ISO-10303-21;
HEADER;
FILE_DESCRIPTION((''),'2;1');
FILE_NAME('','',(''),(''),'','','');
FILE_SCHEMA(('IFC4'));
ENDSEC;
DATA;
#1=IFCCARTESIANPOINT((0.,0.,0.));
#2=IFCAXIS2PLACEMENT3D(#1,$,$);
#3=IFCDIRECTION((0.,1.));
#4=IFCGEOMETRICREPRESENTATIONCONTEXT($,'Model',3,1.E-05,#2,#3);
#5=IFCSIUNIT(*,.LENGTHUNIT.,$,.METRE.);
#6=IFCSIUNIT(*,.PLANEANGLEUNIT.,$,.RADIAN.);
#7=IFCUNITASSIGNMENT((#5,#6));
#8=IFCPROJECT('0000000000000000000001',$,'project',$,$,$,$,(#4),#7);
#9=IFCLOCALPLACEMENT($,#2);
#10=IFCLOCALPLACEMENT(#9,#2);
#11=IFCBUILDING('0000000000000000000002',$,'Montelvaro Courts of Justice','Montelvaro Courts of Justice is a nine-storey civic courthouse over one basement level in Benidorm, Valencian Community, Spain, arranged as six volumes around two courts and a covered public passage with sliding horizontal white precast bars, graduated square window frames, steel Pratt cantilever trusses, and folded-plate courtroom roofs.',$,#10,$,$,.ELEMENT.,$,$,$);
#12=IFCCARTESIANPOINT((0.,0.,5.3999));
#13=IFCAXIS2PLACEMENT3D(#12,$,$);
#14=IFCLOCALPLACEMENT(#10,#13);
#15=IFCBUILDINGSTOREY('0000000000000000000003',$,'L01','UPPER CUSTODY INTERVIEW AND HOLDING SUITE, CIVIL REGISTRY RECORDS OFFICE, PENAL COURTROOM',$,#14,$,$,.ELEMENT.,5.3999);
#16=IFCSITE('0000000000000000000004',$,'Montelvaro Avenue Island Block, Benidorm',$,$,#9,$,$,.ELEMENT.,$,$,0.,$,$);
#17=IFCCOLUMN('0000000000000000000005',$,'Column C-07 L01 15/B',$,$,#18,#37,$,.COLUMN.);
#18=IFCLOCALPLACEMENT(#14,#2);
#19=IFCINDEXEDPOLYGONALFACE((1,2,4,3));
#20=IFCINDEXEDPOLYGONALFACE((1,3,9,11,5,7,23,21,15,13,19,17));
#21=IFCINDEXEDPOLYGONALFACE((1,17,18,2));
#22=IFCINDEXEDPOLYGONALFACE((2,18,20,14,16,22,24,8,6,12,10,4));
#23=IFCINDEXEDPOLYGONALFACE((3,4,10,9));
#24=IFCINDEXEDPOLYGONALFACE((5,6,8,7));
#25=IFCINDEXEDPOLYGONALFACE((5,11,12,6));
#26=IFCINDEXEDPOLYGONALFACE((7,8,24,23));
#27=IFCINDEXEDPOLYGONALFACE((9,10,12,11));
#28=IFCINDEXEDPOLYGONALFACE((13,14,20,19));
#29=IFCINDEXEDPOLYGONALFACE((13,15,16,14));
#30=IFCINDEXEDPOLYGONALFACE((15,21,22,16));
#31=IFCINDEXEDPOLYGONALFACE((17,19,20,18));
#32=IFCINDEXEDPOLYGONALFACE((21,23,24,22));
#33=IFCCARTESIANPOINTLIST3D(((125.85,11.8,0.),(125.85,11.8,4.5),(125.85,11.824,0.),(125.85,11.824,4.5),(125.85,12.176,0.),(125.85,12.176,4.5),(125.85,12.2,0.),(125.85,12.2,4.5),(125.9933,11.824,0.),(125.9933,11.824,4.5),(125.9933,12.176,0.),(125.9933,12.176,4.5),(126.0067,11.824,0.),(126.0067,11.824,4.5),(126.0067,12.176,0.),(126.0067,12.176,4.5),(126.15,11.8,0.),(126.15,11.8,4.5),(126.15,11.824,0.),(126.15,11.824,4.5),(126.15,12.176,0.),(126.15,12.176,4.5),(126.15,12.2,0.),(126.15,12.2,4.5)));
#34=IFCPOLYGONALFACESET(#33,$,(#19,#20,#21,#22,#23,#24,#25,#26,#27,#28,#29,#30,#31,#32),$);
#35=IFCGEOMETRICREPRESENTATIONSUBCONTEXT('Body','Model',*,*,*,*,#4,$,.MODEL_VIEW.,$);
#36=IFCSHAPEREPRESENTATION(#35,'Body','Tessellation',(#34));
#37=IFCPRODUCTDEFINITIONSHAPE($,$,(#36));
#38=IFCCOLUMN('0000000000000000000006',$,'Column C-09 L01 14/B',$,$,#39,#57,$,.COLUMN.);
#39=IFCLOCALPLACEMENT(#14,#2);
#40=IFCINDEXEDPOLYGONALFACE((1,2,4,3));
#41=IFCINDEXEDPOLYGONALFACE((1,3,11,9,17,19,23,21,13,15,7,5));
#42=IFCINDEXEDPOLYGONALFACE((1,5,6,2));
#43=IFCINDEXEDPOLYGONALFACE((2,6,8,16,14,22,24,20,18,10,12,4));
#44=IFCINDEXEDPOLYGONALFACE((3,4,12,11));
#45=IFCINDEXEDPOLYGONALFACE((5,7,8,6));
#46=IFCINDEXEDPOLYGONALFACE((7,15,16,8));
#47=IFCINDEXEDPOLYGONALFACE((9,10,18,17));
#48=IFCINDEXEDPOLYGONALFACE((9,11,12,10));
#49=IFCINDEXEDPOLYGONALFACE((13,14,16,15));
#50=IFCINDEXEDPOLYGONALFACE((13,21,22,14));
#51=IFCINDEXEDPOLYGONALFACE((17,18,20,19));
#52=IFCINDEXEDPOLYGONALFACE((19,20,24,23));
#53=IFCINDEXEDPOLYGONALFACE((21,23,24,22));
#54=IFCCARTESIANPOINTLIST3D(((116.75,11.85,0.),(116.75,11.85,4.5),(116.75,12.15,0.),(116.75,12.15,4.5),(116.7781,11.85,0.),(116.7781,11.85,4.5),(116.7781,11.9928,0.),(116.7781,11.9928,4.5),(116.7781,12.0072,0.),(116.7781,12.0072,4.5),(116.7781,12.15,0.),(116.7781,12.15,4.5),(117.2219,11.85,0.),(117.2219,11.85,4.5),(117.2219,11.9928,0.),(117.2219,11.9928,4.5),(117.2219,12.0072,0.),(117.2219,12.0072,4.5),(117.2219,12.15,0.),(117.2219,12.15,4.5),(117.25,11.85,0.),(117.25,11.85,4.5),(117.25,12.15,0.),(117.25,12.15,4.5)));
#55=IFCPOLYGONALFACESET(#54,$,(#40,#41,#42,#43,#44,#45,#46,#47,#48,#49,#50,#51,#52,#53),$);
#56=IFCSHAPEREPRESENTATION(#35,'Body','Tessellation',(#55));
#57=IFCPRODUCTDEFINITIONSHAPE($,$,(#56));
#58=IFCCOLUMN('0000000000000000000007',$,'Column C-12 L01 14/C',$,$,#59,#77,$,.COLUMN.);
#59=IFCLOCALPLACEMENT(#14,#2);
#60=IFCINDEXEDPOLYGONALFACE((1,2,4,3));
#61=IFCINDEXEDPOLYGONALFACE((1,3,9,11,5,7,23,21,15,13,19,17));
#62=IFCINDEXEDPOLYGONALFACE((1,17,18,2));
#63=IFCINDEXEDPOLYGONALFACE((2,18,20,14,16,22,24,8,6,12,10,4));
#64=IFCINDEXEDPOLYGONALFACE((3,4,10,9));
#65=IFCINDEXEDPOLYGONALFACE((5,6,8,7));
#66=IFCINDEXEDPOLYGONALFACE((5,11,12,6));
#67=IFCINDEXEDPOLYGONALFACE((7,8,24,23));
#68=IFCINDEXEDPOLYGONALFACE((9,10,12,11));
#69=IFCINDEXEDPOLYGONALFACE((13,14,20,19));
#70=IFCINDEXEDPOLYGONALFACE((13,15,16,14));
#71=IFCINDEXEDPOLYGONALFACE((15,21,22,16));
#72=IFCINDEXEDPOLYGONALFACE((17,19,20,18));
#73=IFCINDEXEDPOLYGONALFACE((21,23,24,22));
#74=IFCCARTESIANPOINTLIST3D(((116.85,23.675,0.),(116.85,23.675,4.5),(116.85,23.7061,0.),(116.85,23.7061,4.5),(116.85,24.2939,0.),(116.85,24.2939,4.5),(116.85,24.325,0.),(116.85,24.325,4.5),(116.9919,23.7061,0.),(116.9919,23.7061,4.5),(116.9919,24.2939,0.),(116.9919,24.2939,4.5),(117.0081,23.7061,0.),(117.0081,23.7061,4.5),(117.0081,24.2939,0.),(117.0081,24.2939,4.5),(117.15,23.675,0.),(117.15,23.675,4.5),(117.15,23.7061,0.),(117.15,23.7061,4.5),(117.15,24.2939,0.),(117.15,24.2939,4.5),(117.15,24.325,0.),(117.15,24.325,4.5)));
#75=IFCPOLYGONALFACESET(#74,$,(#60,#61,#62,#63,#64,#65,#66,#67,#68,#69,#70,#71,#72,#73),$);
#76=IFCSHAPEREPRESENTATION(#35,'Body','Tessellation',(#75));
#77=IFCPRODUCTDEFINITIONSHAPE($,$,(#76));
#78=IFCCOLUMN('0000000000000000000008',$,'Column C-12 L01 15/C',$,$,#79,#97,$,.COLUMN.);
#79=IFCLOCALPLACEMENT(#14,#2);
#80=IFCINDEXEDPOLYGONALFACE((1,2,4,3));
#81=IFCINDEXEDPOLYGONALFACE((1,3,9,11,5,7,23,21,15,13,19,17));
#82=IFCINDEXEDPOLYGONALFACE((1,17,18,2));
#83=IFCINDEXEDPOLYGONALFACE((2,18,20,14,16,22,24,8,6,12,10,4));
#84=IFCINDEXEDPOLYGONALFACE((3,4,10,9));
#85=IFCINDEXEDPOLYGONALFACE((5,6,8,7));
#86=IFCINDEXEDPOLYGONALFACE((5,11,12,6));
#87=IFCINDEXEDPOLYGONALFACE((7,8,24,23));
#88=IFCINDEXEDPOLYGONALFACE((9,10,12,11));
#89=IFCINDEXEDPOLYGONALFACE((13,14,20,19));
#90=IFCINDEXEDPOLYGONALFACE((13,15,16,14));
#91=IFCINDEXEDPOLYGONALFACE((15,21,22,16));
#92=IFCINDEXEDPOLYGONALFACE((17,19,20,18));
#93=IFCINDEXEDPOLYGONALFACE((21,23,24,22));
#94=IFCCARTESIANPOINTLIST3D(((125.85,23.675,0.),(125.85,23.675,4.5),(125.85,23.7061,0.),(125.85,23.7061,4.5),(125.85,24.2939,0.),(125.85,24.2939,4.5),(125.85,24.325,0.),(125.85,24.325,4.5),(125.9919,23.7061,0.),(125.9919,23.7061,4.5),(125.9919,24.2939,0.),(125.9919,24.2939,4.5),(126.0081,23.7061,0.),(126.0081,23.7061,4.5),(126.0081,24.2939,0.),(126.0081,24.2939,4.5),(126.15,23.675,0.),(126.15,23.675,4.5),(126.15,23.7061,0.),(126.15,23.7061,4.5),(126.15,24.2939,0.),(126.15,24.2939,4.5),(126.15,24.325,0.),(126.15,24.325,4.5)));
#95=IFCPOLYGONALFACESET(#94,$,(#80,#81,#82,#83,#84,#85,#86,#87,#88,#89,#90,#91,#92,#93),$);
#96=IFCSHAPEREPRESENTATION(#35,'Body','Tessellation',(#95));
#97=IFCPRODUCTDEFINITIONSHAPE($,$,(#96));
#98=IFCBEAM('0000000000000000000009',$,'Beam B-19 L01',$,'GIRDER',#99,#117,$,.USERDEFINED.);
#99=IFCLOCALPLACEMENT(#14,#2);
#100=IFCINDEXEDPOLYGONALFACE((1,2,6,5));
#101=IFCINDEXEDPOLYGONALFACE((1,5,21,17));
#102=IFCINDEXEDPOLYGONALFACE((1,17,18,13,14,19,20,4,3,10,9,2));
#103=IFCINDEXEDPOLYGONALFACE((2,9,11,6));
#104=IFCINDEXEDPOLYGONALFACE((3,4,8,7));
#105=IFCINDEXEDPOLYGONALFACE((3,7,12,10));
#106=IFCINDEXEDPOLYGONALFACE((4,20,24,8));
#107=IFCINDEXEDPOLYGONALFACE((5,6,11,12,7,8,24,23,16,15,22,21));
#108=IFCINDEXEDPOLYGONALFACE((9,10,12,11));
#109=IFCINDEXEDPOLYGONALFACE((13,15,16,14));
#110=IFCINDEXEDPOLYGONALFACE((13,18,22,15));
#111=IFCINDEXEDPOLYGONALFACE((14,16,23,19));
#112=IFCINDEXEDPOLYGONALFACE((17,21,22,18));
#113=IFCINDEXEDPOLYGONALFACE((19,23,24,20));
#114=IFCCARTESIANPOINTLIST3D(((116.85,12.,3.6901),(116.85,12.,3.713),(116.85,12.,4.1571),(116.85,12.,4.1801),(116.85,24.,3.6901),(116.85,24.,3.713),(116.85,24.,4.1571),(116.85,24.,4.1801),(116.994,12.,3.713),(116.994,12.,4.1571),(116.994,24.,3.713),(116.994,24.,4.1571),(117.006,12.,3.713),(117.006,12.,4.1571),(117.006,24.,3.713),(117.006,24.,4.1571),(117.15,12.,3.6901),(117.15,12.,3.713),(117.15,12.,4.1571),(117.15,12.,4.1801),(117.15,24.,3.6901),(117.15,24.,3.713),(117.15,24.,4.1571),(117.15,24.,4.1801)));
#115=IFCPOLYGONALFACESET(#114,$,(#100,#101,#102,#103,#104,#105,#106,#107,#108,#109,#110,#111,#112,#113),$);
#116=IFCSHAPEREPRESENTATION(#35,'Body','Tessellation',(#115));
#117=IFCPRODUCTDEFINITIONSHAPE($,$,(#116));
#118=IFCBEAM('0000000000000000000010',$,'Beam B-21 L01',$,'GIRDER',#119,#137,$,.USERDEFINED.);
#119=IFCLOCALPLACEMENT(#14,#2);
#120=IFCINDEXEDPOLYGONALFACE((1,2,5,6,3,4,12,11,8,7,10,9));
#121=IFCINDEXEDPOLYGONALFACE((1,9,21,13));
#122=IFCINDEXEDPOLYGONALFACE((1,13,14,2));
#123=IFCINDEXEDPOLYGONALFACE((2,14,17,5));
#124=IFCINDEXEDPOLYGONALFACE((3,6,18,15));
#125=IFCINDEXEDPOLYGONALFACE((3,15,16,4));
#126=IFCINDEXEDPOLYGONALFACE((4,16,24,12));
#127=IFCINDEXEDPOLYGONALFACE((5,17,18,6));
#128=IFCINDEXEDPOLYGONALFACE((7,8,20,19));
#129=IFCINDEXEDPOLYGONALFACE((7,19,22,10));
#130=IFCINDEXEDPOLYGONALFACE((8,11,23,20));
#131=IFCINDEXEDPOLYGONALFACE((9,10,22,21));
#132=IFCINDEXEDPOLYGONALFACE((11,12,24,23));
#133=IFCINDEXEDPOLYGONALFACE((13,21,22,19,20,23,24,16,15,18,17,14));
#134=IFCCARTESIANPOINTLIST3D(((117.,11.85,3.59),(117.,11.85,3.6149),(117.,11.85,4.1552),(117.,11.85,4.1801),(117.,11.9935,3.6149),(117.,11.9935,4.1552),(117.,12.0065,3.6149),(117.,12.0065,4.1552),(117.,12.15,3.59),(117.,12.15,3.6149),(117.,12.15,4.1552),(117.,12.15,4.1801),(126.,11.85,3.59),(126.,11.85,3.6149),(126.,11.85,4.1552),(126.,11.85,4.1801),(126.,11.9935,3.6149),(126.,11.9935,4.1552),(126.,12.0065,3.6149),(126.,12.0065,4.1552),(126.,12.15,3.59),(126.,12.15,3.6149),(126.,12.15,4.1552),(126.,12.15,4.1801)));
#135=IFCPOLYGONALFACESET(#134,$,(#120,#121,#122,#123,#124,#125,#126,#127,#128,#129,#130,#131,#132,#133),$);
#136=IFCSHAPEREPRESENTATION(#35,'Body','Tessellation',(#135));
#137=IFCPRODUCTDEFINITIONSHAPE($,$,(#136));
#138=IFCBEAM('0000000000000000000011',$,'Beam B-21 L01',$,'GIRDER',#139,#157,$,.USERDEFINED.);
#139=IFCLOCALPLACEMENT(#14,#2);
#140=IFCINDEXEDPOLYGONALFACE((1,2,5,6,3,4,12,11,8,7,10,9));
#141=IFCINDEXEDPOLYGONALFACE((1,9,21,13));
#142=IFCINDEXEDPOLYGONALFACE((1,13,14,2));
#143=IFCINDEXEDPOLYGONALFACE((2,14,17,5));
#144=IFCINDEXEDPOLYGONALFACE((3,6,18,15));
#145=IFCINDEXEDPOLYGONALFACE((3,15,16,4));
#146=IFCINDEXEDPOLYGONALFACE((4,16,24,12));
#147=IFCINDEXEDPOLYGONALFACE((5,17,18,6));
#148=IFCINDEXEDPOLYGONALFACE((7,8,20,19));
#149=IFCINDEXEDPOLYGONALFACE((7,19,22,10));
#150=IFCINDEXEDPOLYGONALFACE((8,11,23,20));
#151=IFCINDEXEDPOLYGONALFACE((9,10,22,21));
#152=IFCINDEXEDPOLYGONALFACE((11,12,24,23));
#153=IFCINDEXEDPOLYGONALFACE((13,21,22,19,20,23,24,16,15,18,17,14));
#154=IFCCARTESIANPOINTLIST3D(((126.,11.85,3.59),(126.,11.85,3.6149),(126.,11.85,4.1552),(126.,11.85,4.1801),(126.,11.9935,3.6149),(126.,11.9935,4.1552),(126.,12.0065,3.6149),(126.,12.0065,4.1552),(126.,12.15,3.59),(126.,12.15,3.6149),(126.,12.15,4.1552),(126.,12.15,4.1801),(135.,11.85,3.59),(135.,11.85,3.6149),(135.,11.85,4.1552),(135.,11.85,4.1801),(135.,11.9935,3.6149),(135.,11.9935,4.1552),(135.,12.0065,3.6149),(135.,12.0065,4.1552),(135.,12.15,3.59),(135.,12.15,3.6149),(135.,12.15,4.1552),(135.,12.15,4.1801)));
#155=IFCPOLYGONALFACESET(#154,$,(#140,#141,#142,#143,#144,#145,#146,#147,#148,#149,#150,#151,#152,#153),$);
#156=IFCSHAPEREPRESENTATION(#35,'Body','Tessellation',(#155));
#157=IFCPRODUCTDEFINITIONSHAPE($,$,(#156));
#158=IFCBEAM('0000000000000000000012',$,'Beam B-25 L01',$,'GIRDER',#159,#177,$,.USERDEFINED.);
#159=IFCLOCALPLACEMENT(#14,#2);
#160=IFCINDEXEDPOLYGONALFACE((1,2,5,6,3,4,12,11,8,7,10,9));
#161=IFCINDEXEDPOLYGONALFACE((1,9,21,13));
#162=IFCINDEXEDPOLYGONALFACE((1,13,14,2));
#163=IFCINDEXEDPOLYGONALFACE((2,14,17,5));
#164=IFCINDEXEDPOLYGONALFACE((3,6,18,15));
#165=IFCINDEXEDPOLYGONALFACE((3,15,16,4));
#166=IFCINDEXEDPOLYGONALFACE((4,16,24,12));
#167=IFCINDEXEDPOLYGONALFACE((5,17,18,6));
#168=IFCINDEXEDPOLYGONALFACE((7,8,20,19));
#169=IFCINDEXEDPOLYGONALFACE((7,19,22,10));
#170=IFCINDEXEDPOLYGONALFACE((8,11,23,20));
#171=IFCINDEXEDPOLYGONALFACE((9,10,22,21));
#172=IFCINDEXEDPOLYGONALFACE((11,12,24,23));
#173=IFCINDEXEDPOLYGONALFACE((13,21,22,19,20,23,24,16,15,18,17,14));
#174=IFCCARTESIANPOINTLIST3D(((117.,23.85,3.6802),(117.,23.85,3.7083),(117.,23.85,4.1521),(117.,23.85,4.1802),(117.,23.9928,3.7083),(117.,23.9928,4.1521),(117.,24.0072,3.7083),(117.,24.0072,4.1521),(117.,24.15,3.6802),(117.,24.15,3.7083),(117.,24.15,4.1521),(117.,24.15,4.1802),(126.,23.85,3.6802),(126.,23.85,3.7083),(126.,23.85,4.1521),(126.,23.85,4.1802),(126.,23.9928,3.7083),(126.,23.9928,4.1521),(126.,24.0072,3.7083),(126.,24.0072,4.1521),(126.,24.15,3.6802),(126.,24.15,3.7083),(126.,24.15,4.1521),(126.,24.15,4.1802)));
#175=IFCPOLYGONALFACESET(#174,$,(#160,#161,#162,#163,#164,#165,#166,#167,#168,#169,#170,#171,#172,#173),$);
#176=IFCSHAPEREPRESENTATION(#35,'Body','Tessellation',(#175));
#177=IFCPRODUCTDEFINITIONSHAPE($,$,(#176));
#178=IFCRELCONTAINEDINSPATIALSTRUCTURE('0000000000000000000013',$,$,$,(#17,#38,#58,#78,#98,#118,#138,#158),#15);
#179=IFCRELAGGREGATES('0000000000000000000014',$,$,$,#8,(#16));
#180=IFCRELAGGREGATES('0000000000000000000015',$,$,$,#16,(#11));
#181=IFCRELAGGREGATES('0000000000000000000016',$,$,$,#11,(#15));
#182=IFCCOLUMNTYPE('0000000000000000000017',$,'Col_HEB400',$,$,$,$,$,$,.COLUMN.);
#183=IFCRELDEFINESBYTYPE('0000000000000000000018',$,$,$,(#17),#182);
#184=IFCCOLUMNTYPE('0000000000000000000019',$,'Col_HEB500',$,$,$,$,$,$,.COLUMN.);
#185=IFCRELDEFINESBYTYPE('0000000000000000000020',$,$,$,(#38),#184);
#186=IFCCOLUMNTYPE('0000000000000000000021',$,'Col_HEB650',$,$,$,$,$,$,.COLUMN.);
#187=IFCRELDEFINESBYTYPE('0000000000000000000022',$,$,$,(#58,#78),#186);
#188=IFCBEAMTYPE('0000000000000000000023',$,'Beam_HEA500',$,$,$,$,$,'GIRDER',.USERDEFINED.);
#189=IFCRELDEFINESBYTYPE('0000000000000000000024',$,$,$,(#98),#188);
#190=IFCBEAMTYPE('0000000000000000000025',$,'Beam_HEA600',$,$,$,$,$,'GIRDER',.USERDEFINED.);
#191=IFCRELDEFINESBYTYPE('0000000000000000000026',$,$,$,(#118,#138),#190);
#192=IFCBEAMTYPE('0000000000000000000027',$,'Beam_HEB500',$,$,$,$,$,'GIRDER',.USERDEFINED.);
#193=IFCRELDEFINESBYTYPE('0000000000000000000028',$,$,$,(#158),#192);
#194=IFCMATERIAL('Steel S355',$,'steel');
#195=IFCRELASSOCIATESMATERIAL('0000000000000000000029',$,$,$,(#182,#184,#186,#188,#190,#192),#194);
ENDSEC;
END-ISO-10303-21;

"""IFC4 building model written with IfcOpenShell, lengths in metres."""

from ifc_helpers import new_model, si_unit, direction, frame, origin, origin_2d, place, context, subcontext, project, spatial, i_section, extrude, material, material_profile, profile_set, type_object, element, save


model = new_model("IFC4")

# Units and contexts
model_context = context("Model", 3, precision=1e-05, world=origin(), true_north=direction((0.0, 1.0)))
body_context = subcontext(model_context, "Body", "Model", "MODEL_VIEW")
ifc_project = project(units=[si_unit("LENGTHUNIT", "METRE"), si_unit("PLANEANGLEUNIT", "RADIAN")], contexts=[model_context])

# Site, building, storey
site_placement = place(None, origin())
site = spatial("IfcSite", under=ifc_project, at=site_placement, Name="Montelvaro Avenue Island Block, Benidorm", CompositionType="ELEMENT", RefElevation=0.0)
building_placement = place(site_placement, origin())
building = spatial("IfcBuilding", under=site, at=building_placement, Name="Montelvaro Courts of Justice", Description="Montelvaro Courts of Justice is a nine-storey civic courthouse over one basement level in Benidorm, Valencian Community, Spain, arranged as six volumes around two courts and a covered public passage with sliding horizontal white precast bars, graduated square window frames, steel Pratt cantilever trusses, and folded-plate courtroom roofs.", CompositionType="ELEMENT")
storey_placement = place(building_placement, frame((0.0, 0.0, 5.3999)))
storey = spatial("IfcBuildingStorey", under=building, at=storey_placement, Name="L01", Description="UPPER CUSTODY INTERVIEW AND HOLDING SUITE, CIVIL REGISTRY RECORDS OFFICE, PENAL COURTROOM", CompositionType="ELEMENT", Elevation=5.3999)

# Columns
ifc_material_1 = material(Name="Steel S355", Category="steel")
ifc_material_profile_1 = material_profile(ifc_material_1, i_section(OverallWidth=0.3, OverallDepth=0.3999, WebThickness=0.0134, FlangeThickness=0.0239, at=origin_2d()), Name="HEB 400")
ifc_profile_set_1 = profile_set([ifc_material_profile_1], Name="Steel S355")
column_type_1 = type_object("IfcColumnType", Name="Col_HEB400", PredefinedType="COLUMN", material=ifc_profile_set_1)
column_1_placement = place(storey_placement, frame((126.0, 12.0, 0.0), z_axis=(0.0, 0.0, 1.0), x_axis=(1.0, 0.0, 0.0)))
element("IfcColumn", 1, at=column_1_placement, inside=storey, type_object=column_type_1, Name="Column C-07 L01 15/B", PredefinedType="COLUMN", context=body_context, shape_type="SweptSolid", body=[
    extrude(i_section(OverallWidth=0.3, OverallDepth=0.3999, WebThickness=0.0134, FlangeThickness=0.0239, at=origin_2d()), origin(), (0.0, 0.0, 1.0), 4.5),
])
ifc_material_profile_2 = material_profile(ifc_material_1, i_section(OverallWidth=0.3, OverallDepth=0.5, WebThickness=0.0144, FlangeThickness=0.0281, at=origin_2d()), Name="HEB 500")
ifc_profile_set_2 = profile_set([ifc_material_profile_2], Name="Steel S355")
column_type_2 = type_object("IfcColumnType", Name="Col_HEB500", PredefinedType="COLUMN", material=ifc_profile_set_2)
column_2_placement = place(storey_placement, frame((117.0, 12.0, 0.0), z_axis=(0.0, 0.0, 1.0), x_axis=(0.0, 1.0, 0.0)))
element("IfcColumn", 2, at=column_2_placement, inside=storey, type_object=column_type_2, Name="Column C-09 L01 14/B", PredefinedType="COLUMN", context=body_context, shape_type="SweptSolid", body=[
    extrude(i_section(OverallWidth=0.3, OverallDepth=0.5, WebThickness=0.0144, FlangeThickness=0.0281, at=origin_2d()), origin(), (0.0, 0.0, 1.0), 4.5),
])
ifc_material_profile_3 = material_profile(ifc_material_1, i_section(OverallWidth=0.3, OverallDepth=0.6499, WebThickness=0.0161, FlangeThickness=0.031, at=origin_2d()), Name="HEB 650")
ifc_profile_set_3 = profile_set([ifc_material_profile_3], Name="Steel S355")
column_type_3 = type_object("IfcColumnType", Name="Col_HEB650", PredefinedType="COLUMN", material=ifc_profile_set_3)
for number, where, z_axis, x_axis, name in (
    (3, (117.0, 24.0, 0.0), (0.0, 0.0, 1.0), (1.0, 0.0, 0.0), "Column C-12 L01 14/C"),
    (4, (126.0, 24.0, 0.0), (0.0, 0.0, 1.0), (1.0, 0.0, 0.0), "Column C-12 L01 15/C"),
):
    element("IfcColumn", number, at=place(storey_placement, frame(where, z_axis=z_axis, x_axis=x_axis)), inside=storey, type_object=column_type_3, Name=name, PredefinedType="COLUMN", context=body_context, shape_type="SweptSolid", body=[
        extrude(i_section(OverallWidth=0.3, OverallDepth=0.6499, WebThickness=0.0161, FlangeThickness=0.031, at=origin_2d()), origin(), (0.0, 0.0, 1.0), 4.5),
    ])

# Beams
ifc_material_profile_4 = material_profile(ifc_material_1, i_section(OverallWidth=0.3, OverallDepth=0.49, WebThickness=0.012, FlangeThickness=0.0229, at=origin_2d()), Name="HEA 500")
ifc_profile_set_4 = profile_set([ifc_material_profile_4], Name="Steel S355")
beam_type_1 = type_object("IfcBeamType", Name="Beam_HEA500", ElementType="GIRDER", PredefinedType="USERDEFINED", material=ifc_profile_set_4)
beam_1_placement = place(storey_placement, frame((117.0, 12.0, 3.9351), z_axis=(0.0, 1.0, 0.0), x_axis=(-1.0, 0.0, 0.0)))
element("IfcBeam", 5, at=beam_1_placement, inside=storey, type_object=beam_type_1, Name="Beam B-19 L01", ObjectType="GIRDER", PredefinedType="USERDEFINED", context=body_context, shape_type="SweptSolid", body=[
    extrude(i_section(OverallWidth=0.3, OverallDepth=0.49, WebThickness=0.012, FlangeThickness=0.0229, at=origin_2d()), origin(), (0.0, 0.0, 1.0), 12.0),
])
ifc_material_profile_5 = material_profile(ifc_material_1, i_section(OverallWidth=0.3, OverallDepth=0.5901, WebThickness=0.0129, FlangeThickness=0.0249, at=origin_2d()), Name="HEA 600")
ifc_profile_set_5 = profile_set([ifc_material_profile_5], Name="Steel S355")
beam_type_2 = type_object("IfcBeamType", Name="Beam_HEA600", ElementType="GIRDER", PredefinedType="USERDEFINED", material=ifc_profile_set_5)
for number, where, z_axis, x_axis, name in (
    (6, (117.0, 12.0, 3.885), (1.0, 0.0, 0.0), (0.0, 1.0, 0.0), "Beam B-21 L01"),
    (7, (126.0, 12.0, 3.885), (1.0, 0.0, 0.0), (0.0, 1.0, 0.0), "Beam B-21 L01"),
):
    element("IfcBeam", number, at=place(storey_placement, frame(where, z_axis=z_axis, x_axis=x_axis)), inside=storey, type_object=beam_type_2, Name=name, ObjectType="GIRDER", PredefinedType="USERDEFINED", context=body_context, shape_type="SweptSolid", body=[
        extrude(i_section(OverallWidth=0.3, OverallDepth=0.5901, WebThickness=0.0129, FlangeThickness=0.0249, at=origin_2d()), origin(), (0.0, 0.0, 1.0), 9.0),
    ])
ifc_material_profile_6 = material_profile(ifc_material_1, i_section(OverallWidth=0.3, OverallDepth=0.5, WebThickness=0.0144, FlangeThickness=0.0281, at=origin_2d()), Name="HEB 500")
ifc_profile_set_6 = profile_set([ifc_material_profile_6], Name="Steel S355")
beam_type_3 = type_object("IfcBeamType", Name="Beam_HEB500", ElementType="GIRDER", PredefinedType="USERDEFINED", material=ifc_profile_set_6)
for number, where, z_axis, x_axis, name in (
    (8, (117.0, 24.0, 3.9302), (1.0, 0.0, 0.0), (0.0, 1.0, 0.0), "Beam B-25 L01"),
):
    element("IfcBeam", number, at=place(storey_placement, frame(where, z_axis=z_axis, x_axis=x_axis)), inside=storey, type_object=beam_type_3, Name=name, ObjectType="GIRDER", PredefinedType="USERDEFINED", context=body_context, shape_type="SweptSolid", body=[
        extrude(i_section(OverallWidth=0.3, OverallDepth=0.5, WebThickness=0.0144, FlangeThickness=0.0281, at=origin_2d()), origin(), (0.0, 0.0, 1.0), 9.0),
    ])

save(model, "model.ifc")
